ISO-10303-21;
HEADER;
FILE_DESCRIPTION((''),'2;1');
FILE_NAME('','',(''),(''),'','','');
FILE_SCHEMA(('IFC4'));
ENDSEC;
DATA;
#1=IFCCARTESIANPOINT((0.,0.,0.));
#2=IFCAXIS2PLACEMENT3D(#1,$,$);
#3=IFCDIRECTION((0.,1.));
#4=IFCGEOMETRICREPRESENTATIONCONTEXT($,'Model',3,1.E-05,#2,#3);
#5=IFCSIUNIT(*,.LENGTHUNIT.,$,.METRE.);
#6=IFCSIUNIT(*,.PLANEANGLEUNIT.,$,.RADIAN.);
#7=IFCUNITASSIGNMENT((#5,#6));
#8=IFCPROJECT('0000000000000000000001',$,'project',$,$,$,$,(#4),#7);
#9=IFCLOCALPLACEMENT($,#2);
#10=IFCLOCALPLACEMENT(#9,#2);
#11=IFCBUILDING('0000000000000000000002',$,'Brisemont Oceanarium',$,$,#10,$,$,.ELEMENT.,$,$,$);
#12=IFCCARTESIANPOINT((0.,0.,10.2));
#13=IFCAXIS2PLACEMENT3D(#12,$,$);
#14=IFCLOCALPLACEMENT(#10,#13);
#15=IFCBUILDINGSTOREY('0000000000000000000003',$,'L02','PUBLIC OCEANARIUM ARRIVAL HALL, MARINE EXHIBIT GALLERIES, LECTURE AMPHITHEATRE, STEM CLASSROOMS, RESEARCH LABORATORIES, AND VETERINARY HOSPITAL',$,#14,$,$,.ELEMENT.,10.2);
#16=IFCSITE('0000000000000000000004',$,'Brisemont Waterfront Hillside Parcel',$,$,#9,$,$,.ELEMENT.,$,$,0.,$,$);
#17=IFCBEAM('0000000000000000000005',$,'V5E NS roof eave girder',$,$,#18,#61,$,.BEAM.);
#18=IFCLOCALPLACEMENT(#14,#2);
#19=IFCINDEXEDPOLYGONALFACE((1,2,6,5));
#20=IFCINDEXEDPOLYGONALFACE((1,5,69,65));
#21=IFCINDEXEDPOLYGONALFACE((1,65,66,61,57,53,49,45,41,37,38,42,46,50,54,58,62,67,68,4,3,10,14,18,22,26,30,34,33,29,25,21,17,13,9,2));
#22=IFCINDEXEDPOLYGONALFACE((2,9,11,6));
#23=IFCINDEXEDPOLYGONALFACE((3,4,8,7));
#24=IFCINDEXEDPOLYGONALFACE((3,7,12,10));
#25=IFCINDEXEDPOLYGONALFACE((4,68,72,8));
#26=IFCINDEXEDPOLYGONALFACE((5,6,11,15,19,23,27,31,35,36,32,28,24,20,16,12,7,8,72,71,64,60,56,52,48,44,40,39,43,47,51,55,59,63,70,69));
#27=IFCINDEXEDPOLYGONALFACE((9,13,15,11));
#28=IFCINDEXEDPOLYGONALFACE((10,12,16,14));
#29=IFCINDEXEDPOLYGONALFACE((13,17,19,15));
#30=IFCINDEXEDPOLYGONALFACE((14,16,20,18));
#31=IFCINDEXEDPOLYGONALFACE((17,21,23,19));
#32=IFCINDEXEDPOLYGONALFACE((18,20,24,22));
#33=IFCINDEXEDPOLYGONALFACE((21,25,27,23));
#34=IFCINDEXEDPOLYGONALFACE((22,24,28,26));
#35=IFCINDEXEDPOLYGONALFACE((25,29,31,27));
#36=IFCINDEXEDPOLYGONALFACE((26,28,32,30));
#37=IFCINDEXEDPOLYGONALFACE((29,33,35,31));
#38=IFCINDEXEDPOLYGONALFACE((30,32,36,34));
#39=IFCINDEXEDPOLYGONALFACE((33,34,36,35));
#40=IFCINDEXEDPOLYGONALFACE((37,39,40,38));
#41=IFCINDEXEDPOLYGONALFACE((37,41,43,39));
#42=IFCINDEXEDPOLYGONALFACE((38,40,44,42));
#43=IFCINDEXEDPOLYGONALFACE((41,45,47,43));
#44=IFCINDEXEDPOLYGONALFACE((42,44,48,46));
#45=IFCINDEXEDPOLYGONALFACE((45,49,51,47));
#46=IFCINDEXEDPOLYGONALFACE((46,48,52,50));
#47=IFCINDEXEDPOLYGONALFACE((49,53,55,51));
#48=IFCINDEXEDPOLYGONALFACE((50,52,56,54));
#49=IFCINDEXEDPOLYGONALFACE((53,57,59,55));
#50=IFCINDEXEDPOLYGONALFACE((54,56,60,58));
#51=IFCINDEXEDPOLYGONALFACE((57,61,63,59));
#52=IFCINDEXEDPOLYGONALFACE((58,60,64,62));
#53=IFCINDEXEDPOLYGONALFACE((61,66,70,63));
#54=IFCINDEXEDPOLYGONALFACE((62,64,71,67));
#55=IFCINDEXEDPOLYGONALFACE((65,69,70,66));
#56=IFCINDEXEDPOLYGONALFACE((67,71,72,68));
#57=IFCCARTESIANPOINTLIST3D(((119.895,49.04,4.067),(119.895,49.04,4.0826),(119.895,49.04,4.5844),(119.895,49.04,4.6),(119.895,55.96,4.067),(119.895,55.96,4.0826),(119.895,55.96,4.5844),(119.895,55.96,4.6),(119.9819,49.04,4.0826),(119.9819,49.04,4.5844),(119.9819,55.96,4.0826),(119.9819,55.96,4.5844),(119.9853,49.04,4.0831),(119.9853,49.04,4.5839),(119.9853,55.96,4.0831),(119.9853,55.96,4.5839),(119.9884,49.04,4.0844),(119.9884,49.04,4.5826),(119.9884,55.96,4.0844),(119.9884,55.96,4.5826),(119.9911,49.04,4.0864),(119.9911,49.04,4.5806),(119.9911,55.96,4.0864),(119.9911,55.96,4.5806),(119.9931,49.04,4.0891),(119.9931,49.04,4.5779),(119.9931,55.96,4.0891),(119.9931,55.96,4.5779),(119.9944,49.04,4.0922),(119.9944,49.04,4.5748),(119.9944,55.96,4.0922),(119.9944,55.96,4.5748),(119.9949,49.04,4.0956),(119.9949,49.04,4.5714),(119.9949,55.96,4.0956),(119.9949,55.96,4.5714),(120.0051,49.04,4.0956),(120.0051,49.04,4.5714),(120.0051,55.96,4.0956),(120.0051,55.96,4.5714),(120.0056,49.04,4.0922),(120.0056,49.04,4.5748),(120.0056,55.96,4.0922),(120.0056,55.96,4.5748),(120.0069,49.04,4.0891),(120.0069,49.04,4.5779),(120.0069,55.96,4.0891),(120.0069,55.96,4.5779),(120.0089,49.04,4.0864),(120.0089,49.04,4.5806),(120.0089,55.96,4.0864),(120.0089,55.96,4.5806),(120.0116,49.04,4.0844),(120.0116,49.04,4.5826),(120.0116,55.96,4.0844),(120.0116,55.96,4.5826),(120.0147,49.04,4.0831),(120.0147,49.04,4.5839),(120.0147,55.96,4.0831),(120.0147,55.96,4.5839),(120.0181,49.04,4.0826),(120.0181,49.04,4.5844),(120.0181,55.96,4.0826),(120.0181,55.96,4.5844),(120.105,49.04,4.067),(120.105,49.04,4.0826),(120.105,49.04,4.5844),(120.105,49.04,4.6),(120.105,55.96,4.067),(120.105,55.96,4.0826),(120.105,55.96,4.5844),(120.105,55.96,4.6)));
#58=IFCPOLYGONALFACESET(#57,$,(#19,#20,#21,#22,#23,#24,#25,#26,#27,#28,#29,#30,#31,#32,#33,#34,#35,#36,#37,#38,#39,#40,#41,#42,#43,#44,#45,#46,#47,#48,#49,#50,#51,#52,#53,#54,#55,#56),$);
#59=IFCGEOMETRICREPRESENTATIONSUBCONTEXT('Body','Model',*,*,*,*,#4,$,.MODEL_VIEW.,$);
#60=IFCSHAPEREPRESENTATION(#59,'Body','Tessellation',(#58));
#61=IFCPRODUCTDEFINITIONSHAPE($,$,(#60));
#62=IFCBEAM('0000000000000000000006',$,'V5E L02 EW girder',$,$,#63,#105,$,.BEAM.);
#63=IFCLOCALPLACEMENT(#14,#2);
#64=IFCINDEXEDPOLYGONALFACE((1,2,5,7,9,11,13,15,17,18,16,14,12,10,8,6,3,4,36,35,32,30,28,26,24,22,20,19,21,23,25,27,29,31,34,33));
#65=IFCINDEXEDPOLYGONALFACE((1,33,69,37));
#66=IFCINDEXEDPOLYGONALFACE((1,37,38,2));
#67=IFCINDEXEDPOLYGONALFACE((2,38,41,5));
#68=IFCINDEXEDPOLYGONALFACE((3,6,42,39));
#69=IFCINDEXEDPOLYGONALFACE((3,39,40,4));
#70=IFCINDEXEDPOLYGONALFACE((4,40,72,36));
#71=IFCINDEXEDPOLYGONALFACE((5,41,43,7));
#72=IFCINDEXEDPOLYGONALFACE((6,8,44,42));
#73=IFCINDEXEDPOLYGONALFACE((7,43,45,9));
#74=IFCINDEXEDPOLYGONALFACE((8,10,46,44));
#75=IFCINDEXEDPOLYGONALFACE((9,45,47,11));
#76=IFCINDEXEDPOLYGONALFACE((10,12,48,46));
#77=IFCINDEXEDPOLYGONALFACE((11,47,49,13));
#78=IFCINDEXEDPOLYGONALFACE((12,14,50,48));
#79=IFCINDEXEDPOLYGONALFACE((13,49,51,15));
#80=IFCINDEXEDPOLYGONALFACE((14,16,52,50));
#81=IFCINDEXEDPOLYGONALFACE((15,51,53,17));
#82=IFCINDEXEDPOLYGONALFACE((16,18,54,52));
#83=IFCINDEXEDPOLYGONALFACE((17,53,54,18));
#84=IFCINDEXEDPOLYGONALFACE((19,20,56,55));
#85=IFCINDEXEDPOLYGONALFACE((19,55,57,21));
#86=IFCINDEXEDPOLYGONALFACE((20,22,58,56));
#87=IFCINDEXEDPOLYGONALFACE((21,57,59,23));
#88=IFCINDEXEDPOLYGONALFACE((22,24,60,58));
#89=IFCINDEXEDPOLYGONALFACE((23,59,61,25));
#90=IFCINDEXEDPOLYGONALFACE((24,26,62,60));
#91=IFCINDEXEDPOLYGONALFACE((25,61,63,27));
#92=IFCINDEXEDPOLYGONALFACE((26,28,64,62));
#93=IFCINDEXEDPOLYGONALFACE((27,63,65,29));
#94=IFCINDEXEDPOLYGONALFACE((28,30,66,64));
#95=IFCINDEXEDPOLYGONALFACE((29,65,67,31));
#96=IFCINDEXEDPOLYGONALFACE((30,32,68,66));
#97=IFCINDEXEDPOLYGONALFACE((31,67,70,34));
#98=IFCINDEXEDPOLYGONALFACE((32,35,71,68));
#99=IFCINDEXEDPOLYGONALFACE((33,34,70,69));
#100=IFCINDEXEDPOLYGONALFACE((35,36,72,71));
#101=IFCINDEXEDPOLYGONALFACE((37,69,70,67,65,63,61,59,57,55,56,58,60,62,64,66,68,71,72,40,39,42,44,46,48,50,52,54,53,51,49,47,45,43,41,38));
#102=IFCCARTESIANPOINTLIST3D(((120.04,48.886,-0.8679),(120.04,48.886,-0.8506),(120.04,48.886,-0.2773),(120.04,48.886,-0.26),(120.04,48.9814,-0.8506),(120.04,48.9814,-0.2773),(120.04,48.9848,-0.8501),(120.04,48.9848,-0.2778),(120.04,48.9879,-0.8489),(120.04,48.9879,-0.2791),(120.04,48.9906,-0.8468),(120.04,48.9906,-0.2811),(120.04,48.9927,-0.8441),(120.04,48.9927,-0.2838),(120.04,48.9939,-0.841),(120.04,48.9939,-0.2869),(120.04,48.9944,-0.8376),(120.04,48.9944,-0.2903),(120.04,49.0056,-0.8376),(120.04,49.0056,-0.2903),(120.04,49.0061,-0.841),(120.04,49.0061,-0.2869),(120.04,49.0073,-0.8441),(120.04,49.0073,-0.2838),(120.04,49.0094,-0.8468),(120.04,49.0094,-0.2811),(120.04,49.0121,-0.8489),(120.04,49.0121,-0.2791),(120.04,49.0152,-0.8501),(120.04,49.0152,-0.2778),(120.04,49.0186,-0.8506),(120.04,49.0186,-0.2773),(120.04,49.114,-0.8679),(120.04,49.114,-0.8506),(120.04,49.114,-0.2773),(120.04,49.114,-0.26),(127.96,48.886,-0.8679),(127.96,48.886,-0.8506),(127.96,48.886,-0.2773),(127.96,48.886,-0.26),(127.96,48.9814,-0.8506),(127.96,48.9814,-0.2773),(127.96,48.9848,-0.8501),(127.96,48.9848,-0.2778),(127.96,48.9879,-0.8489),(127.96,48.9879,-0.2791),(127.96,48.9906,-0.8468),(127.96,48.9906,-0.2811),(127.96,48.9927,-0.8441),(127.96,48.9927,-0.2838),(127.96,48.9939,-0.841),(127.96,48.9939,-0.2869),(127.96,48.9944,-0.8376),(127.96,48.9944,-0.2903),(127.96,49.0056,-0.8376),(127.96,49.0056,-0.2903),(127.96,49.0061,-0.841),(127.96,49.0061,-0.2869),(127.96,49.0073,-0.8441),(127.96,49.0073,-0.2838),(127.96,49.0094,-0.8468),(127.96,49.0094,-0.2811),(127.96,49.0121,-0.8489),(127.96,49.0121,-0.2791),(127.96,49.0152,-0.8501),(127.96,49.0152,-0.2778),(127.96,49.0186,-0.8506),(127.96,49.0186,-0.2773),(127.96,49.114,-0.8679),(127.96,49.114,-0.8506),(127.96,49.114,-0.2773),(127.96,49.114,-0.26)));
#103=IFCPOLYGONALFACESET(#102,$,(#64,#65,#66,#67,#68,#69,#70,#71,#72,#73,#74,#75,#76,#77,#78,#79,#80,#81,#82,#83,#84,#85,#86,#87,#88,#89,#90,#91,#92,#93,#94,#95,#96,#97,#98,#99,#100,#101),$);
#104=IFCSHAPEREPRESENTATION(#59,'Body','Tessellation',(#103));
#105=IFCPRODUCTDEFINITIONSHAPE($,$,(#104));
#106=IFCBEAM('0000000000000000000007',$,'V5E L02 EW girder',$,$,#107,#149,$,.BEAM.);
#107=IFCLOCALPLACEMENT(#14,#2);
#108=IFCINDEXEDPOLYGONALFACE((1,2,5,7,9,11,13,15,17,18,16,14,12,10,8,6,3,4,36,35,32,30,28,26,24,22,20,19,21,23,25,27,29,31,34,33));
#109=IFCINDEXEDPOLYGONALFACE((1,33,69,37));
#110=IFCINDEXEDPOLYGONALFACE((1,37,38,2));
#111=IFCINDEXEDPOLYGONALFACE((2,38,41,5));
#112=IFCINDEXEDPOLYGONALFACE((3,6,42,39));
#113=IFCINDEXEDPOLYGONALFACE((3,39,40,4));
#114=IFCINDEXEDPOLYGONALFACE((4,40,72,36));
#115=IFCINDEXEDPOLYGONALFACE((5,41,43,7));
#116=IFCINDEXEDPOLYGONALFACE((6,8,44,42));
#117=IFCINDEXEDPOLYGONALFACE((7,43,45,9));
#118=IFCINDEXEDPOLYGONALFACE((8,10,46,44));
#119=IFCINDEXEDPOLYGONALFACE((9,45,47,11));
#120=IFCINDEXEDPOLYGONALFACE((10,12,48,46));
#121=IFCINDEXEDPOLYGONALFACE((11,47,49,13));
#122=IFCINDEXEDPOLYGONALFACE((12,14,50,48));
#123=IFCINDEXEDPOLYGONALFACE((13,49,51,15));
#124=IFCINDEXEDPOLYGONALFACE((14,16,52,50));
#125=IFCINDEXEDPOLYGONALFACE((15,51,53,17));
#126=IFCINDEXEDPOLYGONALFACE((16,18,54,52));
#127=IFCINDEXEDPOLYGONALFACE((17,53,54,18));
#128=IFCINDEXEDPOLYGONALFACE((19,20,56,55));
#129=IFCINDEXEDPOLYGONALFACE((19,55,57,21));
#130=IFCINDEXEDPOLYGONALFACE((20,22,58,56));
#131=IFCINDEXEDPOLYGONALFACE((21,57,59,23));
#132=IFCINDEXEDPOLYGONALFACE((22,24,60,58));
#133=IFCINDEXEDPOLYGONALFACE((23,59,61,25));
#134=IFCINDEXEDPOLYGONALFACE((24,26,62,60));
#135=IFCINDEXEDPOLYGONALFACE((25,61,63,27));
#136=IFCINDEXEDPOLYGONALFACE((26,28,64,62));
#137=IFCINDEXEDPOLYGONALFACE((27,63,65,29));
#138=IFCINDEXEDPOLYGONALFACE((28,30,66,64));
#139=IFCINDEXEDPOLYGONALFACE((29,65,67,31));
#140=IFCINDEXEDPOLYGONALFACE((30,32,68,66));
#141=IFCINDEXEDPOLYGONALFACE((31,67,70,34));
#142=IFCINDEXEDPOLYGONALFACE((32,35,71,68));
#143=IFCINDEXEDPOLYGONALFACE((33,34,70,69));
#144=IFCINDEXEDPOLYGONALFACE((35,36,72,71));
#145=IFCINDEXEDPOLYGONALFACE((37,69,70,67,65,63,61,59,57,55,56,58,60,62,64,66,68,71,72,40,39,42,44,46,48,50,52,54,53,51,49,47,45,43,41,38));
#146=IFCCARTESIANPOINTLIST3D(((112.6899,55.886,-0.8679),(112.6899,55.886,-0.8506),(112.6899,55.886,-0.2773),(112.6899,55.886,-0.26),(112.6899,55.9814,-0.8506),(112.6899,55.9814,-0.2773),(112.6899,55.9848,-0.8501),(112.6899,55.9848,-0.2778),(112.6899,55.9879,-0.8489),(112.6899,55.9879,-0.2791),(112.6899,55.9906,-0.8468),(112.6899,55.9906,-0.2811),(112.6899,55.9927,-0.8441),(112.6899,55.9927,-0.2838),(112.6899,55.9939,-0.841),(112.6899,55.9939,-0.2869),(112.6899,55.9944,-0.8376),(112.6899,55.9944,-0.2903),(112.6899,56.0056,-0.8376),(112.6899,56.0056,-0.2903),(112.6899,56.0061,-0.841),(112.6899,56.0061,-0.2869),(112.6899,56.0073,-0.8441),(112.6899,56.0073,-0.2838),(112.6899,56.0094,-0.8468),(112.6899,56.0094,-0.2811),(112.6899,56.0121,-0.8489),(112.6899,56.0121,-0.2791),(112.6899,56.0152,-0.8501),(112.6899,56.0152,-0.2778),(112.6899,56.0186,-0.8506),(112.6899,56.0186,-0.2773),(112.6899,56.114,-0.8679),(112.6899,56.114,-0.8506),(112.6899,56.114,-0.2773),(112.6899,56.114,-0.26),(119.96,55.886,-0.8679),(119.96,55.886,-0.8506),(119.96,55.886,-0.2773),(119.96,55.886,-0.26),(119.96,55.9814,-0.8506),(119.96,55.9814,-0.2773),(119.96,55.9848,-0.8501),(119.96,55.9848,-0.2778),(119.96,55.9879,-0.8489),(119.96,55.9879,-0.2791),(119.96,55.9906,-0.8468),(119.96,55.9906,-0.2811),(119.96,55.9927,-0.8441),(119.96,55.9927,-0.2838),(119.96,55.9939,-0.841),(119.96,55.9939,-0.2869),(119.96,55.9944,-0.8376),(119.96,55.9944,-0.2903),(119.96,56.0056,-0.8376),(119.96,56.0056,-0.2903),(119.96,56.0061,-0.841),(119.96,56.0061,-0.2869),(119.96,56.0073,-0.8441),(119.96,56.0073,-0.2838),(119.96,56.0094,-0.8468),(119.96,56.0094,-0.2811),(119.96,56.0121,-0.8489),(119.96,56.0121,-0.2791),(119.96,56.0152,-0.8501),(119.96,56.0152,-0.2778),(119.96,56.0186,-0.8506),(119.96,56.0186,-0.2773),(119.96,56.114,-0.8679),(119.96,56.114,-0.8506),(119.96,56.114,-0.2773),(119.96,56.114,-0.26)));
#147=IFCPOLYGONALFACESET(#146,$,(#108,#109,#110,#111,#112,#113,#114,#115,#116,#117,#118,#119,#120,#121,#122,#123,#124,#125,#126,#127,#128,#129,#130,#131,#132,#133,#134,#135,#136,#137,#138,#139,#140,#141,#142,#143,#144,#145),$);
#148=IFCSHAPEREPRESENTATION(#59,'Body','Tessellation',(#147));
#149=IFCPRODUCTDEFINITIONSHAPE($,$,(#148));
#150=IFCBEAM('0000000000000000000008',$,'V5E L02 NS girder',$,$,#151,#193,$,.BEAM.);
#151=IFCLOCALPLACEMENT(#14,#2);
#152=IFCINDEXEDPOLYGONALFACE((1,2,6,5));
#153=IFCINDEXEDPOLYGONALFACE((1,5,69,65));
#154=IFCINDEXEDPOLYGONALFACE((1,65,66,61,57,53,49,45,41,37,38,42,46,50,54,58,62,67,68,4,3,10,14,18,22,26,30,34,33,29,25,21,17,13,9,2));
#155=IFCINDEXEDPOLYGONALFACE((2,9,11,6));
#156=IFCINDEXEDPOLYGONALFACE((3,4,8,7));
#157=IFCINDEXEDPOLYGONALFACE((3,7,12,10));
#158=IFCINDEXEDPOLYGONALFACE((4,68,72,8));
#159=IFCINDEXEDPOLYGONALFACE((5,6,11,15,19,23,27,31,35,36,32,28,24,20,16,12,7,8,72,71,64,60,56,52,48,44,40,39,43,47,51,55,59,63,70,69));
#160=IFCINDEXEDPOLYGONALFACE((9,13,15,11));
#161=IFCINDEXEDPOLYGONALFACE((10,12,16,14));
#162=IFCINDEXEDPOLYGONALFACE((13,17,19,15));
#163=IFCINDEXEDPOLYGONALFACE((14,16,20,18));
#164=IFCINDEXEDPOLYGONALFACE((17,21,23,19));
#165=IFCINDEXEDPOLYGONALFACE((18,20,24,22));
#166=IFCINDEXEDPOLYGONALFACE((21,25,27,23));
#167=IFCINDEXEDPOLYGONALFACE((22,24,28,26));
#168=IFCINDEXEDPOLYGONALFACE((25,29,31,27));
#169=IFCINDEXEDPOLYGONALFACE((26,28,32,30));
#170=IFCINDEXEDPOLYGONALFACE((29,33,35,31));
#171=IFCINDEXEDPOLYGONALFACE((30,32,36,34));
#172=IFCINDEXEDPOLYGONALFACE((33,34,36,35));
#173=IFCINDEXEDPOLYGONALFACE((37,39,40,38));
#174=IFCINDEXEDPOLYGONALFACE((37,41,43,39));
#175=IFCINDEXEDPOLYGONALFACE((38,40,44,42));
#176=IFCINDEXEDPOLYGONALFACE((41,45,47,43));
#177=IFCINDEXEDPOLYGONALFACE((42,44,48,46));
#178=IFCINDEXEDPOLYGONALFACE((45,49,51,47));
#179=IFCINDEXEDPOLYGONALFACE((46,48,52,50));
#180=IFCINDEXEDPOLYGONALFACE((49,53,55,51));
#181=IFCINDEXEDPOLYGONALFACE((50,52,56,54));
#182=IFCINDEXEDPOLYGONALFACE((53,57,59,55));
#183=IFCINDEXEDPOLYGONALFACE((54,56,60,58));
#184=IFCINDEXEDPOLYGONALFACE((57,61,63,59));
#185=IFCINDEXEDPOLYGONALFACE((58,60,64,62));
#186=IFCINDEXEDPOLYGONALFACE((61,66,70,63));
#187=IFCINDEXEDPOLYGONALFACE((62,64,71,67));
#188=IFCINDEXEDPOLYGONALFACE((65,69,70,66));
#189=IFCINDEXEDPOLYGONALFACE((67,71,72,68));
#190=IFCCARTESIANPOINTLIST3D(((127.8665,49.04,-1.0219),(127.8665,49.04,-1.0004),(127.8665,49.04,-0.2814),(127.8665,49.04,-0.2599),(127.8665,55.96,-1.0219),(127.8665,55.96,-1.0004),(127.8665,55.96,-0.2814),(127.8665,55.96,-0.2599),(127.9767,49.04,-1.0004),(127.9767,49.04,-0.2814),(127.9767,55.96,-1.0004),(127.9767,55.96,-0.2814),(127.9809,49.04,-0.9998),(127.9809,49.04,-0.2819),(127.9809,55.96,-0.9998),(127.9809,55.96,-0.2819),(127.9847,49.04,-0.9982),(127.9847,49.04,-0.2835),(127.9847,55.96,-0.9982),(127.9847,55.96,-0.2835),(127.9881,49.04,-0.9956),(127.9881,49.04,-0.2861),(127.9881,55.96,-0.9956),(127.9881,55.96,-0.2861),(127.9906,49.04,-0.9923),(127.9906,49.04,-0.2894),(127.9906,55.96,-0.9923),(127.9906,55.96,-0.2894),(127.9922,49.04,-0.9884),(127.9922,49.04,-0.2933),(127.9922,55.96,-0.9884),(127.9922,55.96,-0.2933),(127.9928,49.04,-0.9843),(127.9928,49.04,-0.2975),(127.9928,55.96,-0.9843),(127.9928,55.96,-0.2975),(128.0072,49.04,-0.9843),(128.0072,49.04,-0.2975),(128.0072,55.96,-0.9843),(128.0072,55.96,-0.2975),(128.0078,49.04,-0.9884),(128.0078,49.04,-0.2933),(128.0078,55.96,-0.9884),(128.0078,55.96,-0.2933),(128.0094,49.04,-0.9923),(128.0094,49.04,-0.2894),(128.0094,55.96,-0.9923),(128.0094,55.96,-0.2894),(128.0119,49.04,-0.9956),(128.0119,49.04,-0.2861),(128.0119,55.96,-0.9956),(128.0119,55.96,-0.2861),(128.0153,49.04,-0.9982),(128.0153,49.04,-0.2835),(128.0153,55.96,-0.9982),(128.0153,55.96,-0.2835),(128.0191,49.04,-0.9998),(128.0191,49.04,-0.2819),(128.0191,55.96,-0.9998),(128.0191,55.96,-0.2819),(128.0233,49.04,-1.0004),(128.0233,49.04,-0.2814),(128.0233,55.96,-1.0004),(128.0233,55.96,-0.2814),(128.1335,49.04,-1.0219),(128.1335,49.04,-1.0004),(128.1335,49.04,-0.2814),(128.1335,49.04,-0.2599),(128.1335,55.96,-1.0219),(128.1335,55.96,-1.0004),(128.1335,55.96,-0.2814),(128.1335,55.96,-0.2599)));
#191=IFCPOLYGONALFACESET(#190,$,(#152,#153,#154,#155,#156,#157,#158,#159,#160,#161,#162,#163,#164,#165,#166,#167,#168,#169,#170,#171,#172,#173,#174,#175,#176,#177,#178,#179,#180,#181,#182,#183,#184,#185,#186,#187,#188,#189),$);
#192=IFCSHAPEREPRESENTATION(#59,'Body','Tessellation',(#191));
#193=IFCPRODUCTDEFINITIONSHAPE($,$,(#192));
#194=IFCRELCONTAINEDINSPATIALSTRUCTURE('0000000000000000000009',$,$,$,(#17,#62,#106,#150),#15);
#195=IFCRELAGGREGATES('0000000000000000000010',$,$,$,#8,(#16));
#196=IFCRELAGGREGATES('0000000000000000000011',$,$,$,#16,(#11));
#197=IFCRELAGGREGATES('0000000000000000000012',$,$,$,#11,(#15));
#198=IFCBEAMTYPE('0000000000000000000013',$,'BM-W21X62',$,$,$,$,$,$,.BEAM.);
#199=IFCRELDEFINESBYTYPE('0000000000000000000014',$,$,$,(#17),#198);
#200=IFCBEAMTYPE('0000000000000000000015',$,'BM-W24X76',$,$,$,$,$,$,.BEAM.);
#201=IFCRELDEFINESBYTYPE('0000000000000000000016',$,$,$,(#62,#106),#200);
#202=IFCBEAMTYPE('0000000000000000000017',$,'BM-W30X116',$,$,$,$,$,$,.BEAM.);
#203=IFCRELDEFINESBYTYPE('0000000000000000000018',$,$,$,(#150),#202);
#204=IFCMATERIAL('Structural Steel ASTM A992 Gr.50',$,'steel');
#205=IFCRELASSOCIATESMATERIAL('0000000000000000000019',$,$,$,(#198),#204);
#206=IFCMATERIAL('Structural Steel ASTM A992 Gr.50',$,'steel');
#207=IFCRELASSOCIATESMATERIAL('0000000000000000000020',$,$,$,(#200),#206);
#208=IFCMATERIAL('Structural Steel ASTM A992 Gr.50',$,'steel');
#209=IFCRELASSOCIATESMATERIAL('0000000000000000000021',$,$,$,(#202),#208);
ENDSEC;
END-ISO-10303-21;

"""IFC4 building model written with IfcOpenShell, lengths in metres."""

from ifc_helpers import new_model, si_unit, direction, frame, origin, origin_2d, place, context, subcontext, project, spatial, i_section, extrude, material, material_profile, profile_set, type_object, element, save


model = new_model("IFC4")

# Units and contexts
model_context = context("Model", 3, precision=1e-05, world=origin(), true_north=direction((0.0, 1.0)))
body_context = subcontext(model_context, "Body", "Model", "MODEL_VIEW")
ifc_project = project(units=[si_unit("LENGTHUNIT", "METRE"), si_unit("PLANEANGLEUNIT", "RADIAN")], contexts=[model_context])

# Site, building, storey
site_placement = place(None, origin())
site = spatial("IfcSite", under=ifc_project, at=site_placement, Name="Brisemont Waterfront Hillside Parcel", CompositionType="ELEMENT", RefElevation=0.0)
building_placement = place(site_placement, origin())
building = spatial("IfcBuilding", under=site, at=building_placement, Name="Brisemont Oceanarium", CompositionType="ELEMENT")
storey_placement = place(building_placement, frame((0.0, 0.0, 10.2)))
storey = spatial("IfcBuildingStorey", under=building, at=storey_placement, Name="L02", Description="PUBLIC OCEANARIUM ARRIVAL HALL, MARINE EXHIBIT GALLERIES, LECTURE AMPHITHEATRE, STEM CLASSROOMS, RESEARCH LABORATORIES, AND VETERINARY HOSPITAL", CompositionType="ELEMENT", Elevation=10.2)

# Beams
ifc_material_1 = material(Name="Structural Steel ASTM A992 Gr.50", Category="steel")
ifc_material_profile_1 = material_profile(ifc_material_1, i_section(OverallWidth=0.21, OverallDepth=0.533, WebThickness=0.0103, FlangeThickness=0.0156, FilletRadius=0.0129, at=origin_2d()), Name="W21X62")
ifc_profile_set_1 = profile_set([ifc_material_profile_1], Name="Structural Steel ASTM A992 Gr.50")
beam_type_1 = type_object("IfcBeamType", Name="BM-W21X62", PredefinedType="BEAM", material=ifc_profile_set_1)
for number, where, z_axis, x_axis, name in (
    (1, (120.0, 49.04, 4.3335), (0.0, 1.0, 0.0), (-1.0, 0.0, 0.0), "V5E NS roof eave girder"),
):
    element("IfcBeam", number, at=place(storey_placement, frame(where, z_axis=z_axis, x_axis=x_axis)), inside=storey, type_object=beam_type_1, Name=name, PredefinedType="BEAM", context=body_context, shape_type="SweptSolid", body=[
        extrude(i_section(OverallWidth=0.21, OverallDepth=0.533, WebThickness=0.0103, FlangeThickness=0.0156, FilletRadius=0.0129, at=origin_2d()), origin(), (0.0, 0.0, 1.0), 6.9199),
    ])
ifc_material_2 = material(Name="Structural Steel ASTM A992 Gr.50", Category="steel")
ifc_material_profile_2 = material_profile(ifc_material_2, i_section(OverallWidth=0.228, OverallDepth=0.6079, WebThickness=0.0112, FlangeThickness=0.0173, FilletRadius=0.0129, at=origin_2d()), Name="W24X76")
ifc_profile_set_2 = profile_set([ifc_material_profile_2], Name="Structural Steel ASTM A992 Gr.50")
beam_type_2 = type_object("IfcBeamType", Name="BM-W24X76", PredefinedType="BEAM", material=ifc_profile_set_2)
beam_1_placement = place(storey_placement, frame((120.04, 49.0, -0.564), z_axis=(1.0, 0.0, 0.0), x_axis=(0.0, 1.0, 0.0)))
element("IfcBeam", 2, at=beam_1_placement, inside=storey, type_object=beam_type_2, Name="V5E L02 EW girder", PredefinedType="BEAM", context=body_context, shape_type="SweptSolid", body=[
    extrude(i_section(OverallWidth=0.228, OverallDepth=0.6079, WebThickness=0.0112, FlangeThickness=0.0173, FilletRadius=0.0129, at=origin_2d()), origin(), (0.0, 0.0, 1.0), 7.9199),
])
beam_2_placement = place(storey_placement, frame((112.6899, 56.0, -0.564), z_axis=(1.0, 0.0, 0.0), x_axis=(0.0, 1.0, 0.0)))
element("IfcBeam", 3, at=beam_2_placement, inside=storey, type_object=beam_type_2, Name="V5E L02 EW girder", PredefinedType="BEAM", context=body_context, shape_type="SweptSolid", body=[
    extrude(i_section(OverallWidth=0.228, OverallDepth=0.6079, WebThickness=0.0112, FlangeThickness=0.0173, FilletRadius=0.0129, at=origin_2d()), origin(), (0.0, 0.0, 1.0), 7.27),
])
ifc_material_3 = material(Name="Structural Steel ASTM A992 Gr.50", Category="steel")
ifc_material_profile_3 = material_profile(ifc_material_3, i_section(OverallWidth=0.2671, OverallDepth=0.762, WebThickness=0.0144, FlangeThickness=0.0215, FilletRadius=0.0161, at=origin_2d()), Name="W30X116")
ifc_profile_set_3 = profile_set([ifc_material_profile_3], Name="Structural Steel ASTM A992 Gr.50")
beam_type_3 = type_object("IfcBeamType", Name="BM-W30X116", PredefinedType="BEAM", material=ifc_profile_set_3)
beam_3_placement = place(storey_placement, frame((128.0, 49.04, -0.6409), z_axis=(0.0, 1.0, 0.0), x_axis=(-1.0, 0.0, 0.0)))
element("IfcBeam", 4, at=beam_3_placement, inside=storey, type_object=beam_type_3, Name="V5E L02 NS girder", PredefinedType="BEAM", context=body_context, shape_type="SweptSolid", body=[
    extrude(i_section(OverallWidth=0.2671, OverallDepth=0.762, WebThickness=0.0144, FlangeThickness=0.0215, FilletRadius=0.0161, at=origin_2d()), origin(), (0.0, 0.0, 1.0), 6.9199),
])

save(model, "model.ifc")
